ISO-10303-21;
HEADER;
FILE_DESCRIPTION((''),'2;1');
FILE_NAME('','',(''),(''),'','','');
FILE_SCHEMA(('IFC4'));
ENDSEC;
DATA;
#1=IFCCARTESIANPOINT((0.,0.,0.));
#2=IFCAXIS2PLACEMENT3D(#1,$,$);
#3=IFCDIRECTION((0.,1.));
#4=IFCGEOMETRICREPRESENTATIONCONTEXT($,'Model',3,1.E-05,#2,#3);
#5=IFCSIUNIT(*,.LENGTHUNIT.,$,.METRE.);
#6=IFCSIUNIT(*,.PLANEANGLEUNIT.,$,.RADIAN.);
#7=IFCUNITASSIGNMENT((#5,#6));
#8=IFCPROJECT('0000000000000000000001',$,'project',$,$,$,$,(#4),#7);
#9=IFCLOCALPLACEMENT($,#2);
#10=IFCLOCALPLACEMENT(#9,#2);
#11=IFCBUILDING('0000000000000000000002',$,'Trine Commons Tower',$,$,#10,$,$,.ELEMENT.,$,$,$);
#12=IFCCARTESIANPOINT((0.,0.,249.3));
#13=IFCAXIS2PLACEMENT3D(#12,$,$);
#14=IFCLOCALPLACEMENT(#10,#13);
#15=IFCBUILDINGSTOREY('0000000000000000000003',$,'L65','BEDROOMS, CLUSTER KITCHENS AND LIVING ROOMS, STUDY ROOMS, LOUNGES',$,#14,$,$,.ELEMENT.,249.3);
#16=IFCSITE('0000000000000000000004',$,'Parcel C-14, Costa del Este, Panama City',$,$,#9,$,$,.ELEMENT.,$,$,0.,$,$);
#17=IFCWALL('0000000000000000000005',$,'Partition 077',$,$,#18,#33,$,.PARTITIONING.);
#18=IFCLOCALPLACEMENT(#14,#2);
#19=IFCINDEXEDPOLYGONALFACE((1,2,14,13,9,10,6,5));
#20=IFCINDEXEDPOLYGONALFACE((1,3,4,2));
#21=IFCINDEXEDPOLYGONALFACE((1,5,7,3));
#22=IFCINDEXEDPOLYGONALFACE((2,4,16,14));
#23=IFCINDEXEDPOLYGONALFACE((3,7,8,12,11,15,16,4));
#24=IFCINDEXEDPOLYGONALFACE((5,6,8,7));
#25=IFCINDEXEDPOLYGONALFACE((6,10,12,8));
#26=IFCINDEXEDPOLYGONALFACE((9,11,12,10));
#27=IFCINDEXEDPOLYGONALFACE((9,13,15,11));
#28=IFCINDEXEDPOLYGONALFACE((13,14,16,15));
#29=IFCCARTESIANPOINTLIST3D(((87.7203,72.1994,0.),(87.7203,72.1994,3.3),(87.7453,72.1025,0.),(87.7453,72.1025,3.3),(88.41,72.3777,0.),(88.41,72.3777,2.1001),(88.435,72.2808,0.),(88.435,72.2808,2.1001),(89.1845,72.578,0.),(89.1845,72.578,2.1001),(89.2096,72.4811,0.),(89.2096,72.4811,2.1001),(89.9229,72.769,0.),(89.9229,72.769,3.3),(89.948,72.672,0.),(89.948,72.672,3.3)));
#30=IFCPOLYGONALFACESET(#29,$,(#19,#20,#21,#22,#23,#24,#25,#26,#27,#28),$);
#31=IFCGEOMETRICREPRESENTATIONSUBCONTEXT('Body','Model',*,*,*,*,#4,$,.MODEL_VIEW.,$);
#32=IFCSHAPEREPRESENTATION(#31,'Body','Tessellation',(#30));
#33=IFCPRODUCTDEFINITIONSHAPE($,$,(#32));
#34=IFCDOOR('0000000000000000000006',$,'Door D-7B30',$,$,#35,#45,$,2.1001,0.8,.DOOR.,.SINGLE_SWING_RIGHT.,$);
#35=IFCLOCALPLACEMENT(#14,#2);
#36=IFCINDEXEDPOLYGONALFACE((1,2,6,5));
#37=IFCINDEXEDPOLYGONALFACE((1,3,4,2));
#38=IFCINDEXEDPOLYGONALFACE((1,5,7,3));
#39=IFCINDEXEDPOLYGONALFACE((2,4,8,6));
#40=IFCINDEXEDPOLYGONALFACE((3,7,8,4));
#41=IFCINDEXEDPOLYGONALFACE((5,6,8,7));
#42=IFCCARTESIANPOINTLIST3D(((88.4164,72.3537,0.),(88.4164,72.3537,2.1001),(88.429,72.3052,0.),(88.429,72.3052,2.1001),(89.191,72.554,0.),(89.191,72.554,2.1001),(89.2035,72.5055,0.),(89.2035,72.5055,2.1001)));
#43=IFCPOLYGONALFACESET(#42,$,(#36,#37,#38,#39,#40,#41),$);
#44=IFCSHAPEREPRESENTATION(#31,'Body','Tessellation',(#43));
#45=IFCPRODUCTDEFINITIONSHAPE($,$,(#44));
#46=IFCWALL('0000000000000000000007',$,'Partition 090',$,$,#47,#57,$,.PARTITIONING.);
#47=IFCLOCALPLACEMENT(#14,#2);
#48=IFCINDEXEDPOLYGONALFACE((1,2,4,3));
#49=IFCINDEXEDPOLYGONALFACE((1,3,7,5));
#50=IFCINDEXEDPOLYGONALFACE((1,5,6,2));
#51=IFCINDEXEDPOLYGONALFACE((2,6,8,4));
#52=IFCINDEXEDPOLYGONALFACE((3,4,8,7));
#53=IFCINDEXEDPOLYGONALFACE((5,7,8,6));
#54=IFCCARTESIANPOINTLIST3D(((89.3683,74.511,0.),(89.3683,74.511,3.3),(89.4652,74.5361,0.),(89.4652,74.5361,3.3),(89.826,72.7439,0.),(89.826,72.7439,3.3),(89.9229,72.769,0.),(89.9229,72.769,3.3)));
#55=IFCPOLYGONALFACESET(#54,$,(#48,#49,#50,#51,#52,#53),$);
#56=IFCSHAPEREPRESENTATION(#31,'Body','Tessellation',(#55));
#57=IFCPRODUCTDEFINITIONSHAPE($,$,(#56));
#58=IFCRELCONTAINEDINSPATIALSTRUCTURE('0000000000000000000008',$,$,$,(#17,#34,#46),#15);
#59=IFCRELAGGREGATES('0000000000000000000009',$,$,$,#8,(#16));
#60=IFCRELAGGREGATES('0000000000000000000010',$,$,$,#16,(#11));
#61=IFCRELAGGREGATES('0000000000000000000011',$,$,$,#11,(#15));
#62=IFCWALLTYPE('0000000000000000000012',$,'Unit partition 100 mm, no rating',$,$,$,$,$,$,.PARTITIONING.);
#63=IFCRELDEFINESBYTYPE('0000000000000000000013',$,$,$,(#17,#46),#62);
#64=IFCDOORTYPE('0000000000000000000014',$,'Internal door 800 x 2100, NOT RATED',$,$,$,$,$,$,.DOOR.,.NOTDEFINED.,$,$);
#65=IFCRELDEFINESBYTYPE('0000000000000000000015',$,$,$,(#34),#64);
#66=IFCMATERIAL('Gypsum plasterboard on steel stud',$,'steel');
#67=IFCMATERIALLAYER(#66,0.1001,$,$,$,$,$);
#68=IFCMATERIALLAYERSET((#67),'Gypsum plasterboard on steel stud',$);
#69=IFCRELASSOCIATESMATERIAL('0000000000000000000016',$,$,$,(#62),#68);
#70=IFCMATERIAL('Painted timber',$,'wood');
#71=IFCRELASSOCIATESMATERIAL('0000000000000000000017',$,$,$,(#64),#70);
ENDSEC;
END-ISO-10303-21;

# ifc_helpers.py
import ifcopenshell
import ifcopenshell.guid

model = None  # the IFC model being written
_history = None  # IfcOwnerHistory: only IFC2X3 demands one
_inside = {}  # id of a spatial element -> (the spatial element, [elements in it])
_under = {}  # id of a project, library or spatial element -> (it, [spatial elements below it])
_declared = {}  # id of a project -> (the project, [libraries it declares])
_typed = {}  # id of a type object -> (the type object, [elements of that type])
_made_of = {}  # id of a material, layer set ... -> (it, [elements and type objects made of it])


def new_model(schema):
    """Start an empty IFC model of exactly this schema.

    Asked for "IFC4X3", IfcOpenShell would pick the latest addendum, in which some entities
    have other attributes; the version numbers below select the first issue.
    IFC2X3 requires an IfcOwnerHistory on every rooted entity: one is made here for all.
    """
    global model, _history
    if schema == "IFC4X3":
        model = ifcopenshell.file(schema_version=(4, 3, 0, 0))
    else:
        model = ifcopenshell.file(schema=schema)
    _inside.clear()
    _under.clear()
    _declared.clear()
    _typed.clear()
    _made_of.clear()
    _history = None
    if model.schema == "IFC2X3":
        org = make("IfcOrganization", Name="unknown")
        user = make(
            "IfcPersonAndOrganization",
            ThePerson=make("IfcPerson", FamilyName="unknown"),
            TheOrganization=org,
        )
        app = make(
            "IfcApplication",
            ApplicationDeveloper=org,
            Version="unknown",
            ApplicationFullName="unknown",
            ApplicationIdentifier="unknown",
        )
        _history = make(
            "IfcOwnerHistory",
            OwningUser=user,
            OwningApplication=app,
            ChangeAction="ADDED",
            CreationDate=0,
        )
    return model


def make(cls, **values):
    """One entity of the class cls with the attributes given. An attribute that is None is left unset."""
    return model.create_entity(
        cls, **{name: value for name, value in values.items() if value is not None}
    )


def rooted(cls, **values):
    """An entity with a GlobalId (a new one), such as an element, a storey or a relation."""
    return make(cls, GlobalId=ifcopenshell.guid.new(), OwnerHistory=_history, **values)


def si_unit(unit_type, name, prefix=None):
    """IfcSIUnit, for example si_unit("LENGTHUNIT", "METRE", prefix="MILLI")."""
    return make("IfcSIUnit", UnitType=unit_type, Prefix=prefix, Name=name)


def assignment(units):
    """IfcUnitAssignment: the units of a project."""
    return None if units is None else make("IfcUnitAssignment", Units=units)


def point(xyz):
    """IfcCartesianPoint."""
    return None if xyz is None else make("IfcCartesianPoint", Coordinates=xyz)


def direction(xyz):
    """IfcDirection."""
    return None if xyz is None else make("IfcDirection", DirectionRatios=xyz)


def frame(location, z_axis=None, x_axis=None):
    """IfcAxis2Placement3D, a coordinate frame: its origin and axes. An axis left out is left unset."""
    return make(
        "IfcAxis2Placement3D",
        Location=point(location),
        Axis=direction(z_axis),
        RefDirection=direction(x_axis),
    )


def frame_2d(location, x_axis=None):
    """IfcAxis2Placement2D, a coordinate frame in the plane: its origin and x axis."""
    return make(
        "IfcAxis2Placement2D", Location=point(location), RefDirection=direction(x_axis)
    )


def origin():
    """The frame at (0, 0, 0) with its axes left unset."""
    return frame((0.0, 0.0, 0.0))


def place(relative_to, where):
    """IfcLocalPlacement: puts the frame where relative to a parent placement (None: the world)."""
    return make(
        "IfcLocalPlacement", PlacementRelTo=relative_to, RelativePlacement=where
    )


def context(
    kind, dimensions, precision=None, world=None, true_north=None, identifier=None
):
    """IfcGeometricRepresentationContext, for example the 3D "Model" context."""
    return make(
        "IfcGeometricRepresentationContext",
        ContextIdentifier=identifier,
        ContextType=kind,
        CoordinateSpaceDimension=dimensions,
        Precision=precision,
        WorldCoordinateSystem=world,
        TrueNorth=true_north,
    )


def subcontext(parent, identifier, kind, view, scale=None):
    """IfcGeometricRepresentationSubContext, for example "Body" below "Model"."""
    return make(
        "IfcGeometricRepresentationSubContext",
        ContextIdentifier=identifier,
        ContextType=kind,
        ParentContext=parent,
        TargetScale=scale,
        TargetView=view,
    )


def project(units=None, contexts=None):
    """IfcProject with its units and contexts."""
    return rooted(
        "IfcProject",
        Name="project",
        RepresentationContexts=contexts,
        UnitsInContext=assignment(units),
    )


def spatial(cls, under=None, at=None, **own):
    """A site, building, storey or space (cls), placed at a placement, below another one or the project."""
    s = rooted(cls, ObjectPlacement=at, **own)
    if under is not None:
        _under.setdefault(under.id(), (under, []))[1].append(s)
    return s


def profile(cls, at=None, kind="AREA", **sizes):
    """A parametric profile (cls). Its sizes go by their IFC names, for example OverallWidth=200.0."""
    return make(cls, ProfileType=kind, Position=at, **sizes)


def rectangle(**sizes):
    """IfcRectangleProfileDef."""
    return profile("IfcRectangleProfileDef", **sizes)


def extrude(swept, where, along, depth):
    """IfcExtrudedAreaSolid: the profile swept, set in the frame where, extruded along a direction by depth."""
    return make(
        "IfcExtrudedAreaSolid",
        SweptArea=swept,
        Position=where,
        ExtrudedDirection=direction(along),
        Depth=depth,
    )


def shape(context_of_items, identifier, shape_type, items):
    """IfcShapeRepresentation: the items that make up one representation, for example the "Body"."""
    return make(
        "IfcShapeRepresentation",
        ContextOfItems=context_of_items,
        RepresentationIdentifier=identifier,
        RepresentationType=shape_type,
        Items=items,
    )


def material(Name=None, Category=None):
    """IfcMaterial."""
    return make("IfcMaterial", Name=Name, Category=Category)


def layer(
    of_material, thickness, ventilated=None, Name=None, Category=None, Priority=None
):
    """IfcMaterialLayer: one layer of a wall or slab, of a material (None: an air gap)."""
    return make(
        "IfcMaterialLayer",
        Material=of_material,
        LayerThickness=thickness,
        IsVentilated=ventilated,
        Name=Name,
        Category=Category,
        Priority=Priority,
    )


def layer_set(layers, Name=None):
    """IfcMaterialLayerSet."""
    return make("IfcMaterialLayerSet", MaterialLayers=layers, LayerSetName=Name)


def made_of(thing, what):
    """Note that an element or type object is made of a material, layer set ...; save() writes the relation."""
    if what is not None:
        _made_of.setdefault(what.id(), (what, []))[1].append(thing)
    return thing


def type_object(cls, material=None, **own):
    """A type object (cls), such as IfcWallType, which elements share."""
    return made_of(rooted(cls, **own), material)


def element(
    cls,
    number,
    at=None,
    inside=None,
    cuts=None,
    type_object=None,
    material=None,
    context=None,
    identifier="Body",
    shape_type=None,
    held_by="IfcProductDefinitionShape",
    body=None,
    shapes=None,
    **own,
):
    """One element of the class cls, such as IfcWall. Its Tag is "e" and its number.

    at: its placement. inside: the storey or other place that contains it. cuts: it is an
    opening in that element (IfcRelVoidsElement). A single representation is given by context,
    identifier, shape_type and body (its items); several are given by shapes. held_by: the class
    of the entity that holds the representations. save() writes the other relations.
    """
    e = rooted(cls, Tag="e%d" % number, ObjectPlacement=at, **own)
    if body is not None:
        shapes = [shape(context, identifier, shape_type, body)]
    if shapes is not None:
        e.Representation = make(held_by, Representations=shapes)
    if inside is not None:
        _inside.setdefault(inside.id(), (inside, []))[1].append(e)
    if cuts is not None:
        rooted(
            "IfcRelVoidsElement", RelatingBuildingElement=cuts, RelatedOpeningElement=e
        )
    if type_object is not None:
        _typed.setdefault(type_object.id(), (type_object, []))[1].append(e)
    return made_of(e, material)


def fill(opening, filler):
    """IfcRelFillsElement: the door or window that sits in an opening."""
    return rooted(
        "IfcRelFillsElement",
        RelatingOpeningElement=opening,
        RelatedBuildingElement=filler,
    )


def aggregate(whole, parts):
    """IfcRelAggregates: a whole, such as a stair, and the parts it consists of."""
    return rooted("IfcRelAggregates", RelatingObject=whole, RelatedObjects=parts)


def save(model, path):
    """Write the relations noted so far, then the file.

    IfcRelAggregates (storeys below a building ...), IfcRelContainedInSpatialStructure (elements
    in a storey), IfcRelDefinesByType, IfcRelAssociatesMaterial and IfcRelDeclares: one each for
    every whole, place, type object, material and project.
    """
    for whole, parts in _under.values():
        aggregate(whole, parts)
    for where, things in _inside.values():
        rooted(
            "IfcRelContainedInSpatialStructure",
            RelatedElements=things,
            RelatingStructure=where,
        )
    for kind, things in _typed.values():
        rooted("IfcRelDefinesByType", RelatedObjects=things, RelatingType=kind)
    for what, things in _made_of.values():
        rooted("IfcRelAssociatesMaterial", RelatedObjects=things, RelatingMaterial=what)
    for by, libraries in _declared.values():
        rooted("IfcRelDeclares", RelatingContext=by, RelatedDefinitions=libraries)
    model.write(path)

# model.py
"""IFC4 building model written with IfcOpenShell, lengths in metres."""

from ifc_helpers import new_model, si_unit, direction, frame, frame_2d, origin, place, context, subcontext, project, spatial, rectangle, extrude, material, layer, layer_set, type_object, element, fill, save


model = new_model("IFC4")

# Units and contexts
model_context = context("Model", 3, precision=1e-05, world=origin(), true_north=direction((0.0, 1.0)))
body_context = subcontext(model_context, "Body", "Model", "MODEL_VIEW")
ifc_project = project(units=[si_unit("LENGTHUNIT", "METRE"), si_unit("PLANEANGLEUNIT", "RADIAN")], contexts=[model_context])

# Site, building, storey
site_placement = place(None, origin())
site = spatial("IfcSite", under=ifc_project, at=site_placement, Name="Parcel C-14, Costa del Este, Panama City", CompositionType="ELEMENT", RefElevation=0.0)
building_placement = place(site_placement, origin())
building = spatial("IfcBuilding", under=site, at=building_placement, Name="Trine Commons Tower", CompositionType="ELEMENT")
storey_placement = place(building_placement, frame((0.0, 0.0, 249.3)))
storey = spatial("IfcBuildingStorey", under=building, at=storey_placement, Name="L65", Description="BEDROOMS, CLUSTER KITCHENS AND LIVING ROOMS, STUDY ROOMS, LOUNGES", CompositionType="ELEMENT", Elevation=249.3)

# Shared definitions
ifc_material_1 = material(Name="Gypsum plasterboard on steel stud", Category="steel")

# Wall, opening, door
ifc_layer_1 = layer(ifc_material_1, 0.1001)
ifc_layer_set_1 = layer_set([ifc_layer_1], Name="Gypsum plasterboard on steel stud")
wall_type_1 = type_object("IfcWallType", Name="Unit partition 100 mm, no rating", PredefinedType="PARTITIONING", material=ifc_layer_set_1)
wall_1_placement = place(storey_placement, frame((87.7327, 72.1509, 0.0), z_axis=(0.0, 0.0, 1.0), x_axis=(0.968154, 0.250355, 0.0)))
wall_1 = element("IfcWall", 1, at=wall_1_placement, inside=storey, type_object=wall_type_1, Name="Partition 077", PredefinedType="PARTITIONING", context=body_context, shape_type="SweptSolid", body=[
    extrude(rectangle(XDim=2.2751, YDim=0.1001, at=frame_2d((1.1377, 0.0))), origin(), (0.0, 0.0, 1.0), 3.3),
])
opening_1_placement = place(wall_1_placement, frame((0.7126, 0.0, 0.0)))
opening_1 = element("IfcOpeningElement", 2, at=opening_1_placement, cuts=wall_1, PredefinedType="OPENING", context=body_context, shape_type="SweptSolid", body=[
    extrude(rectangle(XDim=0.8, YDim=2.1001, at=frame_2d((0.3999, 1.05))), frame((0.0, 0.0601, 0.0), z_axis=(0.0, -1.0, 0.0), x_axis=(1.0, 0.0, 0.0)), (0.0, 0.0, 1.0), 0.1201),
])
ifc_material_2 = material(Name="Painted timber", Category="wood")
door_type_1 = type_object("IfcDoorType", Name="Internal door 800 x 2100, NOT RATED", OperationType="NOTDEFINED", PredefinedType="DOOR", material=ifc_material_2)
door_1_placement = place(opening_1_placement, frame((0.8, 0.0, 0.0), z_axis=(0.0, 0.0, 1.0), x_axis=(-1.0, 0.0, 0.0)))
door_1 = element("IfcDoor", 3, at=door_1_placement, inside=storey, type_object=door_type_1, Name="Door D-7B30", OperationType="SINGLE_SWING_RIGHT", OverallHeight=2.1001, OverallWidth=0.8, PredefinedType="DOOR", context=body_context, shape_type="SweptSolid", body=[
    extrude(rectangle(XDim=0.8, YDim=2.1001, at=frame_2d((0.3999, 1.05))), frame((0.0, 0.0249, 0.0), z_axis=(0.0, -1.0, 0.0), x_axis=(1.0, 0.0, 0.0)), (0.0, 0.0, 1.0), 0.05),
])
fill(opening_1, door_1)

# Wall
wall_2_placement = place(storey_placement, frame((89.4167, 74.5234, 0.0), z_axis=(0.0, 0.0, 1.0), x_axis=(0.250772, -0.968046, 0.0)))
element("IfcWall", 4, at=wall_2_placement, inside=storey, type_object=wall_type_1, Name="Partition 090", PredefinedType="PARTITIONING", context=body_context, shape_type="SweptSolid", body=[
    extrude(rectangle(XDim=1.8254, YDim=0.1001, at=frame_2d((0.9126, 0.0))), origin(), (0.0, 0.0, 1.0), 3.3),
])

save(model, "model.ifc")
